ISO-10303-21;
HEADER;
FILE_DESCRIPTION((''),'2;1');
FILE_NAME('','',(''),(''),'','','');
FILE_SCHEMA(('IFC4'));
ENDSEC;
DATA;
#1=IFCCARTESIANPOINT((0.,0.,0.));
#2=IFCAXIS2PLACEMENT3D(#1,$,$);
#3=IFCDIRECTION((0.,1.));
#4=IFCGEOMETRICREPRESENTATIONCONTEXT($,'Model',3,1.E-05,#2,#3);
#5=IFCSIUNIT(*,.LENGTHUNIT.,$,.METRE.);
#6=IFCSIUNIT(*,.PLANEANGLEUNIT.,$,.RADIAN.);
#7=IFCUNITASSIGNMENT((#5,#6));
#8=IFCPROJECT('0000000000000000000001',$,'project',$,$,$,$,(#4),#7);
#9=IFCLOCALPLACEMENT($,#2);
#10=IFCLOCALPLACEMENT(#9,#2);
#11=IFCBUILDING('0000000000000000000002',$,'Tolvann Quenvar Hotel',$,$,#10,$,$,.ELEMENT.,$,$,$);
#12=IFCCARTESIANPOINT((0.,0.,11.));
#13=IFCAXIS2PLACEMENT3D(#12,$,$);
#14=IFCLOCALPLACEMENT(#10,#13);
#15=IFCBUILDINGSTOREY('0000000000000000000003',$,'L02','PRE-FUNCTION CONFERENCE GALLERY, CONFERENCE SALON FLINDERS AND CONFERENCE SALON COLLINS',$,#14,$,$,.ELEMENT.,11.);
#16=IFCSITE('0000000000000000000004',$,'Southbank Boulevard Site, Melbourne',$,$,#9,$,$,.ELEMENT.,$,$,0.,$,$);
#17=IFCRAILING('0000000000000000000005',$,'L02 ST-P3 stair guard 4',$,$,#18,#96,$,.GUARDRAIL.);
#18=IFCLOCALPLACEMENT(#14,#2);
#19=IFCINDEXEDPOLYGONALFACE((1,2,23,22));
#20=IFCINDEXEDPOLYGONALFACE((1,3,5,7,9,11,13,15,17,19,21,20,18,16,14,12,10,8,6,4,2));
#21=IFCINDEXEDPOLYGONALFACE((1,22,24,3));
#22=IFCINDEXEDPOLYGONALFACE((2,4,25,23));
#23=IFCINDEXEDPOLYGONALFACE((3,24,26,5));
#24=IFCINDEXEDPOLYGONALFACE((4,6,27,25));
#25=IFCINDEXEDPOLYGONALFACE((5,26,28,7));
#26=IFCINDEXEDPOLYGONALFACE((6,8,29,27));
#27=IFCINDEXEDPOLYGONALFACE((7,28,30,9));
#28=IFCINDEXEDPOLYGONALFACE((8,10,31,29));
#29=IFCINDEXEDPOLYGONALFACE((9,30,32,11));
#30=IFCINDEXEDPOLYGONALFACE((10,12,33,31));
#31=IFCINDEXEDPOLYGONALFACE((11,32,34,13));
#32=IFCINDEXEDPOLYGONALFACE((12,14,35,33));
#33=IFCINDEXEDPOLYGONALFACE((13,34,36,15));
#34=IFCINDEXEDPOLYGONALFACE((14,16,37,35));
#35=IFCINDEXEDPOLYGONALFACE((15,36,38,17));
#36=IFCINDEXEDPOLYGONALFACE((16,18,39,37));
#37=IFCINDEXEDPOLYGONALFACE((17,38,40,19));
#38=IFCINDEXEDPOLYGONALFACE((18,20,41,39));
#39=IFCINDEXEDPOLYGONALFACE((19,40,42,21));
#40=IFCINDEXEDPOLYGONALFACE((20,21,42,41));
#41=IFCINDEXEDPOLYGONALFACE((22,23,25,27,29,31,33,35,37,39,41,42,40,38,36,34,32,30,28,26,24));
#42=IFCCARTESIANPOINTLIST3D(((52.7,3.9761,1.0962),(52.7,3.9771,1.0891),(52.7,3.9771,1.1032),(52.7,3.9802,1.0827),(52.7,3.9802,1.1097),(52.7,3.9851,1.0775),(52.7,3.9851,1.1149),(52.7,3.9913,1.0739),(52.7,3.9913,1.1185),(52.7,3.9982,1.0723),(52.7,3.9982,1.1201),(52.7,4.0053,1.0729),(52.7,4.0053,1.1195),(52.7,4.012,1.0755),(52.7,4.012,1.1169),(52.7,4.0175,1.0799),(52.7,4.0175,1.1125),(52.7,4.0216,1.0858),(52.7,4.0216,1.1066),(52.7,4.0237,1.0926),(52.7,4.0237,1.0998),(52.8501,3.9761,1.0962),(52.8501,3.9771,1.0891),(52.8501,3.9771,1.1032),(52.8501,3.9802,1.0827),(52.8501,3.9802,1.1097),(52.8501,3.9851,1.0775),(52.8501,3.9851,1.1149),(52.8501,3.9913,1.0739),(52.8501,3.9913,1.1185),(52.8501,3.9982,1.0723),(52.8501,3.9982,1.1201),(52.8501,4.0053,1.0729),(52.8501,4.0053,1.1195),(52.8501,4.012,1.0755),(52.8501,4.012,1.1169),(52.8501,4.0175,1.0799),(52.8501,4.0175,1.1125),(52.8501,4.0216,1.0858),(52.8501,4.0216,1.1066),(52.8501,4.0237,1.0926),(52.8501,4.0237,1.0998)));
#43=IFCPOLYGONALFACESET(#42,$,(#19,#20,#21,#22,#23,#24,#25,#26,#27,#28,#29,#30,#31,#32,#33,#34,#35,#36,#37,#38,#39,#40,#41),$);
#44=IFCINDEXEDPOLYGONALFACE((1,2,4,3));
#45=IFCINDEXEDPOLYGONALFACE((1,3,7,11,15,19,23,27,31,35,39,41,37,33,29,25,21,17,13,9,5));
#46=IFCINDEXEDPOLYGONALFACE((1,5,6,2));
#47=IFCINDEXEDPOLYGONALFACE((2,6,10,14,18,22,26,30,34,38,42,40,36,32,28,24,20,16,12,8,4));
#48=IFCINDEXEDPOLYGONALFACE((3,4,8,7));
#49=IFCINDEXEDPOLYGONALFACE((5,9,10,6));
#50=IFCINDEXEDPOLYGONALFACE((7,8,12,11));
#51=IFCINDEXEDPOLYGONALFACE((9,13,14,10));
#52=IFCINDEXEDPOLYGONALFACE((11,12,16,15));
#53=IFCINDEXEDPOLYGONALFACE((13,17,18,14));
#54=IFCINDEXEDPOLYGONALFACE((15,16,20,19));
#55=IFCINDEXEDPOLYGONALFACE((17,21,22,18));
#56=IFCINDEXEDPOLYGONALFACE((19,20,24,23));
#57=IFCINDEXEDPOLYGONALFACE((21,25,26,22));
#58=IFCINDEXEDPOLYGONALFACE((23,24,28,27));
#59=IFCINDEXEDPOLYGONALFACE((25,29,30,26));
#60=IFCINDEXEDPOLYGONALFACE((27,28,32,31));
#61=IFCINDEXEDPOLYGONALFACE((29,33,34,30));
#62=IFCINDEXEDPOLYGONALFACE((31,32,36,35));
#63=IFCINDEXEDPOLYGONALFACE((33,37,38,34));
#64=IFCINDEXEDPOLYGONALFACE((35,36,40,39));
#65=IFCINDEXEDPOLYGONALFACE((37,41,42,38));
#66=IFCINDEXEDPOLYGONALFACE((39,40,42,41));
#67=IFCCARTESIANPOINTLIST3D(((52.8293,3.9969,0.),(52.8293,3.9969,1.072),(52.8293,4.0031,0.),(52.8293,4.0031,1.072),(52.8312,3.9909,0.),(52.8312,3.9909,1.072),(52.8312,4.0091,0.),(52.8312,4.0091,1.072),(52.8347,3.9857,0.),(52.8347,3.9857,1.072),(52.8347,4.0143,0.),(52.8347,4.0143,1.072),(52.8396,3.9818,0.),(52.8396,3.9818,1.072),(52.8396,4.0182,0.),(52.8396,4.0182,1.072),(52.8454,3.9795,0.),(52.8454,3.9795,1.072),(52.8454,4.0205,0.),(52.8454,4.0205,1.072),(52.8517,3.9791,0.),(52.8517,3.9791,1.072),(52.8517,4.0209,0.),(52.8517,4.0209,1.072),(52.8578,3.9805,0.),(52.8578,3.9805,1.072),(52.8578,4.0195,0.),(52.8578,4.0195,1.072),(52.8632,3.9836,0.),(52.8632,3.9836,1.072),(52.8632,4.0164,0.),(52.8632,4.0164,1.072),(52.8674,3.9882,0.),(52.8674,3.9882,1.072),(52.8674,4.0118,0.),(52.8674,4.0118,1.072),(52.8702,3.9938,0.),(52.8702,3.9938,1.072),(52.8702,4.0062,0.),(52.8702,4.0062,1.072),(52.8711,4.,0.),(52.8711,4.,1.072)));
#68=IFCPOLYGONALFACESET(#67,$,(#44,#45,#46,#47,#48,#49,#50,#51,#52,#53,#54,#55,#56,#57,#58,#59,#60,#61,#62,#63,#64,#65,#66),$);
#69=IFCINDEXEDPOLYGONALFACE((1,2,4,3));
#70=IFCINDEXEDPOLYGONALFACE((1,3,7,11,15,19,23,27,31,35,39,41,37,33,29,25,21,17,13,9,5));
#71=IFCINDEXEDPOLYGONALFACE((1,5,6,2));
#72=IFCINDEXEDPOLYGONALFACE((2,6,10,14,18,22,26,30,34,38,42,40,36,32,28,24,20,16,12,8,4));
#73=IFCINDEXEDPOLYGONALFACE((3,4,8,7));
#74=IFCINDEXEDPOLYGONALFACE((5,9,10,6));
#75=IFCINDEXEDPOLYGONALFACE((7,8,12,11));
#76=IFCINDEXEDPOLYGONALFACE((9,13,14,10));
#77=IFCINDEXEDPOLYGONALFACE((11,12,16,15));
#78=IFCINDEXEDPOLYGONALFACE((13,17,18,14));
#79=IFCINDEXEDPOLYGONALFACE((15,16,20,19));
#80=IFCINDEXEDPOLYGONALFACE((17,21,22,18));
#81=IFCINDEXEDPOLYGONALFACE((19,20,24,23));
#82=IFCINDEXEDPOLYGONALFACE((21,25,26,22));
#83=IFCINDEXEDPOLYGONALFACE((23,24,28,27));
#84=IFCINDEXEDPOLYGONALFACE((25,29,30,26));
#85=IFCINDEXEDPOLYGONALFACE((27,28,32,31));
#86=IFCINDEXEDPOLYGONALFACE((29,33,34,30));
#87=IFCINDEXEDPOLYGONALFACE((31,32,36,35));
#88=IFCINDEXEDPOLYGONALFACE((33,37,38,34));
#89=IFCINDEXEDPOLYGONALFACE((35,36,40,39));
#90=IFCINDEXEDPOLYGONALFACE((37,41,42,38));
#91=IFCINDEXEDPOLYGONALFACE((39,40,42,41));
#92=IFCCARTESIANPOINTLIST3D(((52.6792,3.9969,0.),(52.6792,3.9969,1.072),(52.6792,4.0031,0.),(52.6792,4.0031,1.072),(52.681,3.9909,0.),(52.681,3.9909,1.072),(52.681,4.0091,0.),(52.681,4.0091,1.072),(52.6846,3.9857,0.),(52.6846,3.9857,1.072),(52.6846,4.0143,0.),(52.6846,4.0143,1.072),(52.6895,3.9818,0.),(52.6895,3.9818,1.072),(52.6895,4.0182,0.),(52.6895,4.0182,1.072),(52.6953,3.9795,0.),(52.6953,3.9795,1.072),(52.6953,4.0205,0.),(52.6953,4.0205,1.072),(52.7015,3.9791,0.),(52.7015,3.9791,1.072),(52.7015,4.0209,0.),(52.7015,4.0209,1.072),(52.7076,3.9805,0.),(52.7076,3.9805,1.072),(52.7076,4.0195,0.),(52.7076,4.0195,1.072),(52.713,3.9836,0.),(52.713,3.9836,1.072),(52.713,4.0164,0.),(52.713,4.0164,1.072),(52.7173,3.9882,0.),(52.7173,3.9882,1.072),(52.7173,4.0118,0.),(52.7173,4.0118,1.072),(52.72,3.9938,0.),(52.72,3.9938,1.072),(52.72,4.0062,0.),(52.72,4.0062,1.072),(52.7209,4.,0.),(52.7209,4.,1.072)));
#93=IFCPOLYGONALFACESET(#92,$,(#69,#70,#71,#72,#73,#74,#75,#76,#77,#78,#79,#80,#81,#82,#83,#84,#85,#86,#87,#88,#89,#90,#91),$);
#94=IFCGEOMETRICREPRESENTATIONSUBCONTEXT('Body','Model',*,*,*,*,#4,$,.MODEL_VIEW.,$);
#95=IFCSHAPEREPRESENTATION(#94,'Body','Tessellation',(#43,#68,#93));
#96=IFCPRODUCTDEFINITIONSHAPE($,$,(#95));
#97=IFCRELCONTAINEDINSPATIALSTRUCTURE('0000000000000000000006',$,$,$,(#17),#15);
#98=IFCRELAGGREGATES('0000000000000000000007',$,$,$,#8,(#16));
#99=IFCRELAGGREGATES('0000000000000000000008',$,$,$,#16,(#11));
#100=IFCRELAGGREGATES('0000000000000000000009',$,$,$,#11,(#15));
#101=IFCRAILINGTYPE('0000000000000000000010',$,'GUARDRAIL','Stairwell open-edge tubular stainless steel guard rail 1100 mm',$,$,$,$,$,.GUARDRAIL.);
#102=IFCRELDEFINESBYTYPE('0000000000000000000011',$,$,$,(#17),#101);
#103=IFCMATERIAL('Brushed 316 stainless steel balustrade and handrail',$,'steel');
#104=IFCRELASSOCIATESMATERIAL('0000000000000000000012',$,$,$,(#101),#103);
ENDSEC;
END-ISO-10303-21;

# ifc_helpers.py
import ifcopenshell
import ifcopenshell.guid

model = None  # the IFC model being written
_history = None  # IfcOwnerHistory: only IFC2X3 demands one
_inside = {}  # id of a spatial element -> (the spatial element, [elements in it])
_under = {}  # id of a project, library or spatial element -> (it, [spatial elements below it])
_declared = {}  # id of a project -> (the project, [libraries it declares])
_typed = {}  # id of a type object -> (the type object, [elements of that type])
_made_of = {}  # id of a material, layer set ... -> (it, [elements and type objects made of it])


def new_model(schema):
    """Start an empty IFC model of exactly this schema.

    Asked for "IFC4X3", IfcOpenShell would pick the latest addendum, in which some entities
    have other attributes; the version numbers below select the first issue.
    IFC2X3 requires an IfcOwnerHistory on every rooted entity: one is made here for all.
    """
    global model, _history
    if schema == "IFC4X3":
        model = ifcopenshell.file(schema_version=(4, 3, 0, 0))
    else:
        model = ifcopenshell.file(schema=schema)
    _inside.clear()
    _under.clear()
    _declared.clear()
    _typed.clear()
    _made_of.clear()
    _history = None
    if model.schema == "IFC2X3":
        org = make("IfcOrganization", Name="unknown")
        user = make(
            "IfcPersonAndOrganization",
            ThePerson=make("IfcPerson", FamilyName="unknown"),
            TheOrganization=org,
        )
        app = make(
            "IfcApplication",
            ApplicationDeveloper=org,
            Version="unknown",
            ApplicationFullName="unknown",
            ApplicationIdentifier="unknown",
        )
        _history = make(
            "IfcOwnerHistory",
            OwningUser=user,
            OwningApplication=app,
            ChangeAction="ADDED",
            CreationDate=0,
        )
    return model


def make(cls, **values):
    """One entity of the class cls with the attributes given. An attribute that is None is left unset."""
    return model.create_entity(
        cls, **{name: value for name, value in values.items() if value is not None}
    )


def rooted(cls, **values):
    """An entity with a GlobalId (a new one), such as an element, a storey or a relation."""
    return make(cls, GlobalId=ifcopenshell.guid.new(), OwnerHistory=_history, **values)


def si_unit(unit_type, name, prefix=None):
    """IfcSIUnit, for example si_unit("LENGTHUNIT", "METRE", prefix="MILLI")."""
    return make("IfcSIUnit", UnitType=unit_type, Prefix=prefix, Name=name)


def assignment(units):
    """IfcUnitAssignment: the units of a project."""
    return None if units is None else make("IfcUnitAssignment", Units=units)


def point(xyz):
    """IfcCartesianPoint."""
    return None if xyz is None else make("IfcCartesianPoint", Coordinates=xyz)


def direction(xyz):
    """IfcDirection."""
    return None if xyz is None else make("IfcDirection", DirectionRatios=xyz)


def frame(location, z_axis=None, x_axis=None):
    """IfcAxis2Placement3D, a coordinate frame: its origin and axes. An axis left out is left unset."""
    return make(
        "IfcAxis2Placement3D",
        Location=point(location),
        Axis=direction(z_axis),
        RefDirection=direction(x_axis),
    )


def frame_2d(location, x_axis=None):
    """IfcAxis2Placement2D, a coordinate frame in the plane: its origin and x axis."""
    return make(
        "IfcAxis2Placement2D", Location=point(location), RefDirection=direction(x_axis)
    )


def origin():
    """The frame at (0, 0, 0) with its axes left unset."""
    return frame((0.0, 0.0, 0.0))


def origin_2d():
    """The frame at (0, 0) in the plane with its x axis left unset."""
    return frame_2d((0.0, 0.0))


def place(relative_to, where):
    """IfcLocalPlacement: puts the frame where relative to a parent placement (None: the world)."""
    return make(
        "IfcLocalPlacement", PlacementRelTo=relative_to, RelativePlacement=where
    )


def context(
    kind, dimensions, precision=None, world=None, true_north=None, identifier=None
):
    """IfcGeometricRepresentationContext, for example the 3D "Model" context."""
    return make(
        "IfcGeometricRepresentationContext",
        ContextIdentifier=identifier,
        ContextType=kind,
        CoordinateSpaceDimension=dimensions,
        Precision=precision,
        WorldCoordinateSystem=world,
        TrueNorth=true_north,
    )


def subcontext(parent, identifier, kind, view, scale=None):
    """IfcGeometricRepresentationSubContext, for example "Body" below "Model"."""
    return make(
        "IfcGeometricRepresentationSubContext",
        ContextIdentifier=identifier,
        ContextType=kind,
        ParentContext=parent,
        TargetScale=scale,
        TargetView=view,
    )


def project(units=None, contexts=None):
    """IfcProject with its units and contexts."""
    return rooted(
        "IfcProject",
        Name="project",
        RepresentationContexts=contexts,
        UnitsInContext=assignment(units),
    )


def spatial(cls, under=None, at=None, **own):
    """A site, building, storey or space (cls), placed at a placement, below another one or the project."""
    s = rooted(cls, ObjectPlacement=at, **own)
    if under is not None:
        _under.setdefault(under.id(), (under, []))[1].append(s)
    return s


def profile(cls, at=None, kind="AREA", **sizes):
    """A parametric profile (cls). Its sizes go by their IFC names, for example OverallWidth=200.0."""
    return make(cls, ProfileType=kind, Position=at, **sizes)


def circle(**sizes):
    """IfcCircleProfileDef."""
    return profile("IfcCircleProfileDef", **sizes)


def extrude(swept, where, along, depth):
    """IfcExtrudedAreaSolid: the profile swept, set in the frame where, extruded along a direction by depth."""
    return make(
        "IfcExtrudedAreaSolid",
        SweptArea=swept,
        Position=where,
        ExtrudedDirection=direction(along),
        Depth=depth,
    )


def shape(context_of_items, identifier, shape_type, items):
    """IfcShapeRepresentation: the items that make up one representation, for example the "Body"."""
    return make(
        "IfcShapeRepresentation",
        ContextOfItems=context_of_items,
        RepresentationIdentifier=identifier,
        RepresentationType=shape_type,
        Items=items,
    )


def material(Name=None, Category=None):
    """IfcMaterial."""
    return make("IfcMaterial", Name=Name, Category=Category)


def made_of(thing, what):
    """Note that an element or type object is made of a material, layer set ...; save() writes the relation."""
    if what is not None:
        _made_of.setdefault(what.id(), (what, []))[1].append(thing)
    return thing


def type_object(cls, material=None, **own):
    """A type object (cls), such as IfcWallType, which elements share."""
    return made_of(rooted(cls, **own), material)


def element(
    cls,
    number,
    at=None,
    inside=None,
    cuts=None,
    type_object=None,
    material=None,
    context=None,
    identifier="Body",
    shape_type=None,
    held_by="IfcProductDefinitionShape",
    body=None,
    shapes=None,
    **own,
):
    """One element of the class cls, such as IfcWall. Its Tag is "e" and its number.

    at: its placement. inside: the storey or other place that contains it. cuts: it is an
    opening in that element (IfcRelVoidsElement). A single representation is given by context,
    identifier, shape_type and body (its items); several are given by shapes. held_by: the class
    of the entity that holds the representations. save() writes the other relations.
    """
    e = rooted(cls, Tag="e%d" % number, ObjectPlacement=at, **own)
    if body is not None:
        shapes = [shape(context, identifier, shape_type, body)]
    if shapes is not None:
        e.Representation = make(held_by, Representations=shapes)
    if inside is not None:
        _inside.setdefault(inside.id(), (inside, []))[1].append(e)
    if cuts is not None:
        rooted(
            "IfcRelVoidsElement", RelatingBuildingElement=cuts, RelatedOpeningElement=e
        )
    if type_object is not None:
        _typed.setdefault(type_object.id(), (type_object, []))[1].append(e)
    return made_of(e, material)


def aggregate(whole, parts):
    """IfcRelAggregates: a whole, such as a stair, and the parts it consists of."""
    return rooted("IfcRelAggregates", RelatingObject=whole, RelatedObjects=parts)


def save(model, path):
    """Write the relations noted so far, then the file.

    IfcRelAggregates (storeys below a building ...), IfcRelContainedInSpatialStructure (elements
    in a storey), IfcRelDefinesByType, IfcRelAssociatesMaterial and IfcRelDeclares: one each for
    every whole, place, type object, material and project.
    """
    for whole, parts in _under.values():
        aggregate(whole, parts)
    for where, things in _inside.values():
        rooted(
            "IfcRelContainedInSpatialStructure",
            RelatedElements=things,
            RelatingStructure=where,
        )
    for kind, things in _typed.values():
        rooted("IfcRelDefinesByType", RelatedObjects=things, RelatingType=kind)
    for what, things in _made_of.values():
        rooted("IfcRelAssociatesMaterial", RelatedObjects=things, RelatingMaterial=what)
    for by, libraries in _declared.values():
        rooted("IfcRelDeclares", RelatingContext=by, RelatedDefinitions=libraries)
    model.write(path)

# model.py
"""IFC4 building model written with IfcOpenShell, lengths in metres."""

from ifc_helpers import new_model, si_unit, direction, frame, origin, origin_2d, place, context, subcontext, project, spatial, circle, extrude, material, type_object, element, save


model = new_model("IFC4")

# Units and contexts
model_context = context("Model", 3, precision=1e-05, world=origin(), true_north=direction((0.0, 1.0)))
body_context = subcontext(model_context, "Body", "Model", "MODEL_VIEW")
ifc_project = project(units=[si_unit("LENGTHUNIT", "METRE"), si_unit("PLANEANGLEUNIT", "RADIAN")], contexts=[model_context])

# Site, building, storey
site_placement = place(None, origin())
site = spatial("IfcSite", under=ifc_project, at=site_placement, Name="Southbank Boulevard Site, Melbourne", CompositionType="ELEMENT", RefElevation=0.0)
building_placement = place(site_placement, origin())
building = spatial("IfcBuilding", under=site, at=building_placement, Name="Tolvann Quenvar Hotel", CompositionType="ELEMENT")
storey_placement = place(building_placement, frame((0.0, 0.0, 11.0)))
storey = spatial("IfcBuildingStorey", under=building, at=storey_placement, Name="L02", Description="PRE-FUNCTION CONFERENCE GALLERY, CONFERENCE SALON FLINDERS AND CONFERENCE SALON COLLINS", CompositionType="ELEMENT", Elevation=11.0)

# Railing
ifc_material_1 = material(Name="Brushed 316 stainless steel balustrade and handrail", Category="steel")
railing_type_1 = type_object("IfcRailingType", Name="GUARDRAIL", Description="Stairwell open-edge tubular stainless steel guard rail 1100 mm", PredefinedType="GUARDRAIL", material=ifc_material_1)
railing_1_placement = place(storey_placement, frame((52.8501, 4.0, 0.0)))
element("IfcRailing", 1, at=railing_1_placement, inside=storey, type_object=railing_type_1, Name="L02 ST-P3 stair guard 4", PredefinedType="GUARDRAIL", context=body_context, shape_type="SweptSolid", body=[
    extrude(circle(Radius=0.0239, at=origin_2d()), frame((0.0, 0.0, 1.0962), z_axis=(-1.0, 0.0, 0.0), x_axis=(0.0, -1.0, 0.0)), (0.0, 0.0, 1.0), 0.1501),
    extrude(circle(Radius=0.021, at=origin_2d()), origin(), (0.0, 0.0, 1.0), 1.072),
    extrude(circle(Radius=0.021, at=origin_2d()), frame((-0.1501, 0.0, 0.0)), (0.0, 0.0, 1.0), 1.072),
])

save(model, "model.ifc")
